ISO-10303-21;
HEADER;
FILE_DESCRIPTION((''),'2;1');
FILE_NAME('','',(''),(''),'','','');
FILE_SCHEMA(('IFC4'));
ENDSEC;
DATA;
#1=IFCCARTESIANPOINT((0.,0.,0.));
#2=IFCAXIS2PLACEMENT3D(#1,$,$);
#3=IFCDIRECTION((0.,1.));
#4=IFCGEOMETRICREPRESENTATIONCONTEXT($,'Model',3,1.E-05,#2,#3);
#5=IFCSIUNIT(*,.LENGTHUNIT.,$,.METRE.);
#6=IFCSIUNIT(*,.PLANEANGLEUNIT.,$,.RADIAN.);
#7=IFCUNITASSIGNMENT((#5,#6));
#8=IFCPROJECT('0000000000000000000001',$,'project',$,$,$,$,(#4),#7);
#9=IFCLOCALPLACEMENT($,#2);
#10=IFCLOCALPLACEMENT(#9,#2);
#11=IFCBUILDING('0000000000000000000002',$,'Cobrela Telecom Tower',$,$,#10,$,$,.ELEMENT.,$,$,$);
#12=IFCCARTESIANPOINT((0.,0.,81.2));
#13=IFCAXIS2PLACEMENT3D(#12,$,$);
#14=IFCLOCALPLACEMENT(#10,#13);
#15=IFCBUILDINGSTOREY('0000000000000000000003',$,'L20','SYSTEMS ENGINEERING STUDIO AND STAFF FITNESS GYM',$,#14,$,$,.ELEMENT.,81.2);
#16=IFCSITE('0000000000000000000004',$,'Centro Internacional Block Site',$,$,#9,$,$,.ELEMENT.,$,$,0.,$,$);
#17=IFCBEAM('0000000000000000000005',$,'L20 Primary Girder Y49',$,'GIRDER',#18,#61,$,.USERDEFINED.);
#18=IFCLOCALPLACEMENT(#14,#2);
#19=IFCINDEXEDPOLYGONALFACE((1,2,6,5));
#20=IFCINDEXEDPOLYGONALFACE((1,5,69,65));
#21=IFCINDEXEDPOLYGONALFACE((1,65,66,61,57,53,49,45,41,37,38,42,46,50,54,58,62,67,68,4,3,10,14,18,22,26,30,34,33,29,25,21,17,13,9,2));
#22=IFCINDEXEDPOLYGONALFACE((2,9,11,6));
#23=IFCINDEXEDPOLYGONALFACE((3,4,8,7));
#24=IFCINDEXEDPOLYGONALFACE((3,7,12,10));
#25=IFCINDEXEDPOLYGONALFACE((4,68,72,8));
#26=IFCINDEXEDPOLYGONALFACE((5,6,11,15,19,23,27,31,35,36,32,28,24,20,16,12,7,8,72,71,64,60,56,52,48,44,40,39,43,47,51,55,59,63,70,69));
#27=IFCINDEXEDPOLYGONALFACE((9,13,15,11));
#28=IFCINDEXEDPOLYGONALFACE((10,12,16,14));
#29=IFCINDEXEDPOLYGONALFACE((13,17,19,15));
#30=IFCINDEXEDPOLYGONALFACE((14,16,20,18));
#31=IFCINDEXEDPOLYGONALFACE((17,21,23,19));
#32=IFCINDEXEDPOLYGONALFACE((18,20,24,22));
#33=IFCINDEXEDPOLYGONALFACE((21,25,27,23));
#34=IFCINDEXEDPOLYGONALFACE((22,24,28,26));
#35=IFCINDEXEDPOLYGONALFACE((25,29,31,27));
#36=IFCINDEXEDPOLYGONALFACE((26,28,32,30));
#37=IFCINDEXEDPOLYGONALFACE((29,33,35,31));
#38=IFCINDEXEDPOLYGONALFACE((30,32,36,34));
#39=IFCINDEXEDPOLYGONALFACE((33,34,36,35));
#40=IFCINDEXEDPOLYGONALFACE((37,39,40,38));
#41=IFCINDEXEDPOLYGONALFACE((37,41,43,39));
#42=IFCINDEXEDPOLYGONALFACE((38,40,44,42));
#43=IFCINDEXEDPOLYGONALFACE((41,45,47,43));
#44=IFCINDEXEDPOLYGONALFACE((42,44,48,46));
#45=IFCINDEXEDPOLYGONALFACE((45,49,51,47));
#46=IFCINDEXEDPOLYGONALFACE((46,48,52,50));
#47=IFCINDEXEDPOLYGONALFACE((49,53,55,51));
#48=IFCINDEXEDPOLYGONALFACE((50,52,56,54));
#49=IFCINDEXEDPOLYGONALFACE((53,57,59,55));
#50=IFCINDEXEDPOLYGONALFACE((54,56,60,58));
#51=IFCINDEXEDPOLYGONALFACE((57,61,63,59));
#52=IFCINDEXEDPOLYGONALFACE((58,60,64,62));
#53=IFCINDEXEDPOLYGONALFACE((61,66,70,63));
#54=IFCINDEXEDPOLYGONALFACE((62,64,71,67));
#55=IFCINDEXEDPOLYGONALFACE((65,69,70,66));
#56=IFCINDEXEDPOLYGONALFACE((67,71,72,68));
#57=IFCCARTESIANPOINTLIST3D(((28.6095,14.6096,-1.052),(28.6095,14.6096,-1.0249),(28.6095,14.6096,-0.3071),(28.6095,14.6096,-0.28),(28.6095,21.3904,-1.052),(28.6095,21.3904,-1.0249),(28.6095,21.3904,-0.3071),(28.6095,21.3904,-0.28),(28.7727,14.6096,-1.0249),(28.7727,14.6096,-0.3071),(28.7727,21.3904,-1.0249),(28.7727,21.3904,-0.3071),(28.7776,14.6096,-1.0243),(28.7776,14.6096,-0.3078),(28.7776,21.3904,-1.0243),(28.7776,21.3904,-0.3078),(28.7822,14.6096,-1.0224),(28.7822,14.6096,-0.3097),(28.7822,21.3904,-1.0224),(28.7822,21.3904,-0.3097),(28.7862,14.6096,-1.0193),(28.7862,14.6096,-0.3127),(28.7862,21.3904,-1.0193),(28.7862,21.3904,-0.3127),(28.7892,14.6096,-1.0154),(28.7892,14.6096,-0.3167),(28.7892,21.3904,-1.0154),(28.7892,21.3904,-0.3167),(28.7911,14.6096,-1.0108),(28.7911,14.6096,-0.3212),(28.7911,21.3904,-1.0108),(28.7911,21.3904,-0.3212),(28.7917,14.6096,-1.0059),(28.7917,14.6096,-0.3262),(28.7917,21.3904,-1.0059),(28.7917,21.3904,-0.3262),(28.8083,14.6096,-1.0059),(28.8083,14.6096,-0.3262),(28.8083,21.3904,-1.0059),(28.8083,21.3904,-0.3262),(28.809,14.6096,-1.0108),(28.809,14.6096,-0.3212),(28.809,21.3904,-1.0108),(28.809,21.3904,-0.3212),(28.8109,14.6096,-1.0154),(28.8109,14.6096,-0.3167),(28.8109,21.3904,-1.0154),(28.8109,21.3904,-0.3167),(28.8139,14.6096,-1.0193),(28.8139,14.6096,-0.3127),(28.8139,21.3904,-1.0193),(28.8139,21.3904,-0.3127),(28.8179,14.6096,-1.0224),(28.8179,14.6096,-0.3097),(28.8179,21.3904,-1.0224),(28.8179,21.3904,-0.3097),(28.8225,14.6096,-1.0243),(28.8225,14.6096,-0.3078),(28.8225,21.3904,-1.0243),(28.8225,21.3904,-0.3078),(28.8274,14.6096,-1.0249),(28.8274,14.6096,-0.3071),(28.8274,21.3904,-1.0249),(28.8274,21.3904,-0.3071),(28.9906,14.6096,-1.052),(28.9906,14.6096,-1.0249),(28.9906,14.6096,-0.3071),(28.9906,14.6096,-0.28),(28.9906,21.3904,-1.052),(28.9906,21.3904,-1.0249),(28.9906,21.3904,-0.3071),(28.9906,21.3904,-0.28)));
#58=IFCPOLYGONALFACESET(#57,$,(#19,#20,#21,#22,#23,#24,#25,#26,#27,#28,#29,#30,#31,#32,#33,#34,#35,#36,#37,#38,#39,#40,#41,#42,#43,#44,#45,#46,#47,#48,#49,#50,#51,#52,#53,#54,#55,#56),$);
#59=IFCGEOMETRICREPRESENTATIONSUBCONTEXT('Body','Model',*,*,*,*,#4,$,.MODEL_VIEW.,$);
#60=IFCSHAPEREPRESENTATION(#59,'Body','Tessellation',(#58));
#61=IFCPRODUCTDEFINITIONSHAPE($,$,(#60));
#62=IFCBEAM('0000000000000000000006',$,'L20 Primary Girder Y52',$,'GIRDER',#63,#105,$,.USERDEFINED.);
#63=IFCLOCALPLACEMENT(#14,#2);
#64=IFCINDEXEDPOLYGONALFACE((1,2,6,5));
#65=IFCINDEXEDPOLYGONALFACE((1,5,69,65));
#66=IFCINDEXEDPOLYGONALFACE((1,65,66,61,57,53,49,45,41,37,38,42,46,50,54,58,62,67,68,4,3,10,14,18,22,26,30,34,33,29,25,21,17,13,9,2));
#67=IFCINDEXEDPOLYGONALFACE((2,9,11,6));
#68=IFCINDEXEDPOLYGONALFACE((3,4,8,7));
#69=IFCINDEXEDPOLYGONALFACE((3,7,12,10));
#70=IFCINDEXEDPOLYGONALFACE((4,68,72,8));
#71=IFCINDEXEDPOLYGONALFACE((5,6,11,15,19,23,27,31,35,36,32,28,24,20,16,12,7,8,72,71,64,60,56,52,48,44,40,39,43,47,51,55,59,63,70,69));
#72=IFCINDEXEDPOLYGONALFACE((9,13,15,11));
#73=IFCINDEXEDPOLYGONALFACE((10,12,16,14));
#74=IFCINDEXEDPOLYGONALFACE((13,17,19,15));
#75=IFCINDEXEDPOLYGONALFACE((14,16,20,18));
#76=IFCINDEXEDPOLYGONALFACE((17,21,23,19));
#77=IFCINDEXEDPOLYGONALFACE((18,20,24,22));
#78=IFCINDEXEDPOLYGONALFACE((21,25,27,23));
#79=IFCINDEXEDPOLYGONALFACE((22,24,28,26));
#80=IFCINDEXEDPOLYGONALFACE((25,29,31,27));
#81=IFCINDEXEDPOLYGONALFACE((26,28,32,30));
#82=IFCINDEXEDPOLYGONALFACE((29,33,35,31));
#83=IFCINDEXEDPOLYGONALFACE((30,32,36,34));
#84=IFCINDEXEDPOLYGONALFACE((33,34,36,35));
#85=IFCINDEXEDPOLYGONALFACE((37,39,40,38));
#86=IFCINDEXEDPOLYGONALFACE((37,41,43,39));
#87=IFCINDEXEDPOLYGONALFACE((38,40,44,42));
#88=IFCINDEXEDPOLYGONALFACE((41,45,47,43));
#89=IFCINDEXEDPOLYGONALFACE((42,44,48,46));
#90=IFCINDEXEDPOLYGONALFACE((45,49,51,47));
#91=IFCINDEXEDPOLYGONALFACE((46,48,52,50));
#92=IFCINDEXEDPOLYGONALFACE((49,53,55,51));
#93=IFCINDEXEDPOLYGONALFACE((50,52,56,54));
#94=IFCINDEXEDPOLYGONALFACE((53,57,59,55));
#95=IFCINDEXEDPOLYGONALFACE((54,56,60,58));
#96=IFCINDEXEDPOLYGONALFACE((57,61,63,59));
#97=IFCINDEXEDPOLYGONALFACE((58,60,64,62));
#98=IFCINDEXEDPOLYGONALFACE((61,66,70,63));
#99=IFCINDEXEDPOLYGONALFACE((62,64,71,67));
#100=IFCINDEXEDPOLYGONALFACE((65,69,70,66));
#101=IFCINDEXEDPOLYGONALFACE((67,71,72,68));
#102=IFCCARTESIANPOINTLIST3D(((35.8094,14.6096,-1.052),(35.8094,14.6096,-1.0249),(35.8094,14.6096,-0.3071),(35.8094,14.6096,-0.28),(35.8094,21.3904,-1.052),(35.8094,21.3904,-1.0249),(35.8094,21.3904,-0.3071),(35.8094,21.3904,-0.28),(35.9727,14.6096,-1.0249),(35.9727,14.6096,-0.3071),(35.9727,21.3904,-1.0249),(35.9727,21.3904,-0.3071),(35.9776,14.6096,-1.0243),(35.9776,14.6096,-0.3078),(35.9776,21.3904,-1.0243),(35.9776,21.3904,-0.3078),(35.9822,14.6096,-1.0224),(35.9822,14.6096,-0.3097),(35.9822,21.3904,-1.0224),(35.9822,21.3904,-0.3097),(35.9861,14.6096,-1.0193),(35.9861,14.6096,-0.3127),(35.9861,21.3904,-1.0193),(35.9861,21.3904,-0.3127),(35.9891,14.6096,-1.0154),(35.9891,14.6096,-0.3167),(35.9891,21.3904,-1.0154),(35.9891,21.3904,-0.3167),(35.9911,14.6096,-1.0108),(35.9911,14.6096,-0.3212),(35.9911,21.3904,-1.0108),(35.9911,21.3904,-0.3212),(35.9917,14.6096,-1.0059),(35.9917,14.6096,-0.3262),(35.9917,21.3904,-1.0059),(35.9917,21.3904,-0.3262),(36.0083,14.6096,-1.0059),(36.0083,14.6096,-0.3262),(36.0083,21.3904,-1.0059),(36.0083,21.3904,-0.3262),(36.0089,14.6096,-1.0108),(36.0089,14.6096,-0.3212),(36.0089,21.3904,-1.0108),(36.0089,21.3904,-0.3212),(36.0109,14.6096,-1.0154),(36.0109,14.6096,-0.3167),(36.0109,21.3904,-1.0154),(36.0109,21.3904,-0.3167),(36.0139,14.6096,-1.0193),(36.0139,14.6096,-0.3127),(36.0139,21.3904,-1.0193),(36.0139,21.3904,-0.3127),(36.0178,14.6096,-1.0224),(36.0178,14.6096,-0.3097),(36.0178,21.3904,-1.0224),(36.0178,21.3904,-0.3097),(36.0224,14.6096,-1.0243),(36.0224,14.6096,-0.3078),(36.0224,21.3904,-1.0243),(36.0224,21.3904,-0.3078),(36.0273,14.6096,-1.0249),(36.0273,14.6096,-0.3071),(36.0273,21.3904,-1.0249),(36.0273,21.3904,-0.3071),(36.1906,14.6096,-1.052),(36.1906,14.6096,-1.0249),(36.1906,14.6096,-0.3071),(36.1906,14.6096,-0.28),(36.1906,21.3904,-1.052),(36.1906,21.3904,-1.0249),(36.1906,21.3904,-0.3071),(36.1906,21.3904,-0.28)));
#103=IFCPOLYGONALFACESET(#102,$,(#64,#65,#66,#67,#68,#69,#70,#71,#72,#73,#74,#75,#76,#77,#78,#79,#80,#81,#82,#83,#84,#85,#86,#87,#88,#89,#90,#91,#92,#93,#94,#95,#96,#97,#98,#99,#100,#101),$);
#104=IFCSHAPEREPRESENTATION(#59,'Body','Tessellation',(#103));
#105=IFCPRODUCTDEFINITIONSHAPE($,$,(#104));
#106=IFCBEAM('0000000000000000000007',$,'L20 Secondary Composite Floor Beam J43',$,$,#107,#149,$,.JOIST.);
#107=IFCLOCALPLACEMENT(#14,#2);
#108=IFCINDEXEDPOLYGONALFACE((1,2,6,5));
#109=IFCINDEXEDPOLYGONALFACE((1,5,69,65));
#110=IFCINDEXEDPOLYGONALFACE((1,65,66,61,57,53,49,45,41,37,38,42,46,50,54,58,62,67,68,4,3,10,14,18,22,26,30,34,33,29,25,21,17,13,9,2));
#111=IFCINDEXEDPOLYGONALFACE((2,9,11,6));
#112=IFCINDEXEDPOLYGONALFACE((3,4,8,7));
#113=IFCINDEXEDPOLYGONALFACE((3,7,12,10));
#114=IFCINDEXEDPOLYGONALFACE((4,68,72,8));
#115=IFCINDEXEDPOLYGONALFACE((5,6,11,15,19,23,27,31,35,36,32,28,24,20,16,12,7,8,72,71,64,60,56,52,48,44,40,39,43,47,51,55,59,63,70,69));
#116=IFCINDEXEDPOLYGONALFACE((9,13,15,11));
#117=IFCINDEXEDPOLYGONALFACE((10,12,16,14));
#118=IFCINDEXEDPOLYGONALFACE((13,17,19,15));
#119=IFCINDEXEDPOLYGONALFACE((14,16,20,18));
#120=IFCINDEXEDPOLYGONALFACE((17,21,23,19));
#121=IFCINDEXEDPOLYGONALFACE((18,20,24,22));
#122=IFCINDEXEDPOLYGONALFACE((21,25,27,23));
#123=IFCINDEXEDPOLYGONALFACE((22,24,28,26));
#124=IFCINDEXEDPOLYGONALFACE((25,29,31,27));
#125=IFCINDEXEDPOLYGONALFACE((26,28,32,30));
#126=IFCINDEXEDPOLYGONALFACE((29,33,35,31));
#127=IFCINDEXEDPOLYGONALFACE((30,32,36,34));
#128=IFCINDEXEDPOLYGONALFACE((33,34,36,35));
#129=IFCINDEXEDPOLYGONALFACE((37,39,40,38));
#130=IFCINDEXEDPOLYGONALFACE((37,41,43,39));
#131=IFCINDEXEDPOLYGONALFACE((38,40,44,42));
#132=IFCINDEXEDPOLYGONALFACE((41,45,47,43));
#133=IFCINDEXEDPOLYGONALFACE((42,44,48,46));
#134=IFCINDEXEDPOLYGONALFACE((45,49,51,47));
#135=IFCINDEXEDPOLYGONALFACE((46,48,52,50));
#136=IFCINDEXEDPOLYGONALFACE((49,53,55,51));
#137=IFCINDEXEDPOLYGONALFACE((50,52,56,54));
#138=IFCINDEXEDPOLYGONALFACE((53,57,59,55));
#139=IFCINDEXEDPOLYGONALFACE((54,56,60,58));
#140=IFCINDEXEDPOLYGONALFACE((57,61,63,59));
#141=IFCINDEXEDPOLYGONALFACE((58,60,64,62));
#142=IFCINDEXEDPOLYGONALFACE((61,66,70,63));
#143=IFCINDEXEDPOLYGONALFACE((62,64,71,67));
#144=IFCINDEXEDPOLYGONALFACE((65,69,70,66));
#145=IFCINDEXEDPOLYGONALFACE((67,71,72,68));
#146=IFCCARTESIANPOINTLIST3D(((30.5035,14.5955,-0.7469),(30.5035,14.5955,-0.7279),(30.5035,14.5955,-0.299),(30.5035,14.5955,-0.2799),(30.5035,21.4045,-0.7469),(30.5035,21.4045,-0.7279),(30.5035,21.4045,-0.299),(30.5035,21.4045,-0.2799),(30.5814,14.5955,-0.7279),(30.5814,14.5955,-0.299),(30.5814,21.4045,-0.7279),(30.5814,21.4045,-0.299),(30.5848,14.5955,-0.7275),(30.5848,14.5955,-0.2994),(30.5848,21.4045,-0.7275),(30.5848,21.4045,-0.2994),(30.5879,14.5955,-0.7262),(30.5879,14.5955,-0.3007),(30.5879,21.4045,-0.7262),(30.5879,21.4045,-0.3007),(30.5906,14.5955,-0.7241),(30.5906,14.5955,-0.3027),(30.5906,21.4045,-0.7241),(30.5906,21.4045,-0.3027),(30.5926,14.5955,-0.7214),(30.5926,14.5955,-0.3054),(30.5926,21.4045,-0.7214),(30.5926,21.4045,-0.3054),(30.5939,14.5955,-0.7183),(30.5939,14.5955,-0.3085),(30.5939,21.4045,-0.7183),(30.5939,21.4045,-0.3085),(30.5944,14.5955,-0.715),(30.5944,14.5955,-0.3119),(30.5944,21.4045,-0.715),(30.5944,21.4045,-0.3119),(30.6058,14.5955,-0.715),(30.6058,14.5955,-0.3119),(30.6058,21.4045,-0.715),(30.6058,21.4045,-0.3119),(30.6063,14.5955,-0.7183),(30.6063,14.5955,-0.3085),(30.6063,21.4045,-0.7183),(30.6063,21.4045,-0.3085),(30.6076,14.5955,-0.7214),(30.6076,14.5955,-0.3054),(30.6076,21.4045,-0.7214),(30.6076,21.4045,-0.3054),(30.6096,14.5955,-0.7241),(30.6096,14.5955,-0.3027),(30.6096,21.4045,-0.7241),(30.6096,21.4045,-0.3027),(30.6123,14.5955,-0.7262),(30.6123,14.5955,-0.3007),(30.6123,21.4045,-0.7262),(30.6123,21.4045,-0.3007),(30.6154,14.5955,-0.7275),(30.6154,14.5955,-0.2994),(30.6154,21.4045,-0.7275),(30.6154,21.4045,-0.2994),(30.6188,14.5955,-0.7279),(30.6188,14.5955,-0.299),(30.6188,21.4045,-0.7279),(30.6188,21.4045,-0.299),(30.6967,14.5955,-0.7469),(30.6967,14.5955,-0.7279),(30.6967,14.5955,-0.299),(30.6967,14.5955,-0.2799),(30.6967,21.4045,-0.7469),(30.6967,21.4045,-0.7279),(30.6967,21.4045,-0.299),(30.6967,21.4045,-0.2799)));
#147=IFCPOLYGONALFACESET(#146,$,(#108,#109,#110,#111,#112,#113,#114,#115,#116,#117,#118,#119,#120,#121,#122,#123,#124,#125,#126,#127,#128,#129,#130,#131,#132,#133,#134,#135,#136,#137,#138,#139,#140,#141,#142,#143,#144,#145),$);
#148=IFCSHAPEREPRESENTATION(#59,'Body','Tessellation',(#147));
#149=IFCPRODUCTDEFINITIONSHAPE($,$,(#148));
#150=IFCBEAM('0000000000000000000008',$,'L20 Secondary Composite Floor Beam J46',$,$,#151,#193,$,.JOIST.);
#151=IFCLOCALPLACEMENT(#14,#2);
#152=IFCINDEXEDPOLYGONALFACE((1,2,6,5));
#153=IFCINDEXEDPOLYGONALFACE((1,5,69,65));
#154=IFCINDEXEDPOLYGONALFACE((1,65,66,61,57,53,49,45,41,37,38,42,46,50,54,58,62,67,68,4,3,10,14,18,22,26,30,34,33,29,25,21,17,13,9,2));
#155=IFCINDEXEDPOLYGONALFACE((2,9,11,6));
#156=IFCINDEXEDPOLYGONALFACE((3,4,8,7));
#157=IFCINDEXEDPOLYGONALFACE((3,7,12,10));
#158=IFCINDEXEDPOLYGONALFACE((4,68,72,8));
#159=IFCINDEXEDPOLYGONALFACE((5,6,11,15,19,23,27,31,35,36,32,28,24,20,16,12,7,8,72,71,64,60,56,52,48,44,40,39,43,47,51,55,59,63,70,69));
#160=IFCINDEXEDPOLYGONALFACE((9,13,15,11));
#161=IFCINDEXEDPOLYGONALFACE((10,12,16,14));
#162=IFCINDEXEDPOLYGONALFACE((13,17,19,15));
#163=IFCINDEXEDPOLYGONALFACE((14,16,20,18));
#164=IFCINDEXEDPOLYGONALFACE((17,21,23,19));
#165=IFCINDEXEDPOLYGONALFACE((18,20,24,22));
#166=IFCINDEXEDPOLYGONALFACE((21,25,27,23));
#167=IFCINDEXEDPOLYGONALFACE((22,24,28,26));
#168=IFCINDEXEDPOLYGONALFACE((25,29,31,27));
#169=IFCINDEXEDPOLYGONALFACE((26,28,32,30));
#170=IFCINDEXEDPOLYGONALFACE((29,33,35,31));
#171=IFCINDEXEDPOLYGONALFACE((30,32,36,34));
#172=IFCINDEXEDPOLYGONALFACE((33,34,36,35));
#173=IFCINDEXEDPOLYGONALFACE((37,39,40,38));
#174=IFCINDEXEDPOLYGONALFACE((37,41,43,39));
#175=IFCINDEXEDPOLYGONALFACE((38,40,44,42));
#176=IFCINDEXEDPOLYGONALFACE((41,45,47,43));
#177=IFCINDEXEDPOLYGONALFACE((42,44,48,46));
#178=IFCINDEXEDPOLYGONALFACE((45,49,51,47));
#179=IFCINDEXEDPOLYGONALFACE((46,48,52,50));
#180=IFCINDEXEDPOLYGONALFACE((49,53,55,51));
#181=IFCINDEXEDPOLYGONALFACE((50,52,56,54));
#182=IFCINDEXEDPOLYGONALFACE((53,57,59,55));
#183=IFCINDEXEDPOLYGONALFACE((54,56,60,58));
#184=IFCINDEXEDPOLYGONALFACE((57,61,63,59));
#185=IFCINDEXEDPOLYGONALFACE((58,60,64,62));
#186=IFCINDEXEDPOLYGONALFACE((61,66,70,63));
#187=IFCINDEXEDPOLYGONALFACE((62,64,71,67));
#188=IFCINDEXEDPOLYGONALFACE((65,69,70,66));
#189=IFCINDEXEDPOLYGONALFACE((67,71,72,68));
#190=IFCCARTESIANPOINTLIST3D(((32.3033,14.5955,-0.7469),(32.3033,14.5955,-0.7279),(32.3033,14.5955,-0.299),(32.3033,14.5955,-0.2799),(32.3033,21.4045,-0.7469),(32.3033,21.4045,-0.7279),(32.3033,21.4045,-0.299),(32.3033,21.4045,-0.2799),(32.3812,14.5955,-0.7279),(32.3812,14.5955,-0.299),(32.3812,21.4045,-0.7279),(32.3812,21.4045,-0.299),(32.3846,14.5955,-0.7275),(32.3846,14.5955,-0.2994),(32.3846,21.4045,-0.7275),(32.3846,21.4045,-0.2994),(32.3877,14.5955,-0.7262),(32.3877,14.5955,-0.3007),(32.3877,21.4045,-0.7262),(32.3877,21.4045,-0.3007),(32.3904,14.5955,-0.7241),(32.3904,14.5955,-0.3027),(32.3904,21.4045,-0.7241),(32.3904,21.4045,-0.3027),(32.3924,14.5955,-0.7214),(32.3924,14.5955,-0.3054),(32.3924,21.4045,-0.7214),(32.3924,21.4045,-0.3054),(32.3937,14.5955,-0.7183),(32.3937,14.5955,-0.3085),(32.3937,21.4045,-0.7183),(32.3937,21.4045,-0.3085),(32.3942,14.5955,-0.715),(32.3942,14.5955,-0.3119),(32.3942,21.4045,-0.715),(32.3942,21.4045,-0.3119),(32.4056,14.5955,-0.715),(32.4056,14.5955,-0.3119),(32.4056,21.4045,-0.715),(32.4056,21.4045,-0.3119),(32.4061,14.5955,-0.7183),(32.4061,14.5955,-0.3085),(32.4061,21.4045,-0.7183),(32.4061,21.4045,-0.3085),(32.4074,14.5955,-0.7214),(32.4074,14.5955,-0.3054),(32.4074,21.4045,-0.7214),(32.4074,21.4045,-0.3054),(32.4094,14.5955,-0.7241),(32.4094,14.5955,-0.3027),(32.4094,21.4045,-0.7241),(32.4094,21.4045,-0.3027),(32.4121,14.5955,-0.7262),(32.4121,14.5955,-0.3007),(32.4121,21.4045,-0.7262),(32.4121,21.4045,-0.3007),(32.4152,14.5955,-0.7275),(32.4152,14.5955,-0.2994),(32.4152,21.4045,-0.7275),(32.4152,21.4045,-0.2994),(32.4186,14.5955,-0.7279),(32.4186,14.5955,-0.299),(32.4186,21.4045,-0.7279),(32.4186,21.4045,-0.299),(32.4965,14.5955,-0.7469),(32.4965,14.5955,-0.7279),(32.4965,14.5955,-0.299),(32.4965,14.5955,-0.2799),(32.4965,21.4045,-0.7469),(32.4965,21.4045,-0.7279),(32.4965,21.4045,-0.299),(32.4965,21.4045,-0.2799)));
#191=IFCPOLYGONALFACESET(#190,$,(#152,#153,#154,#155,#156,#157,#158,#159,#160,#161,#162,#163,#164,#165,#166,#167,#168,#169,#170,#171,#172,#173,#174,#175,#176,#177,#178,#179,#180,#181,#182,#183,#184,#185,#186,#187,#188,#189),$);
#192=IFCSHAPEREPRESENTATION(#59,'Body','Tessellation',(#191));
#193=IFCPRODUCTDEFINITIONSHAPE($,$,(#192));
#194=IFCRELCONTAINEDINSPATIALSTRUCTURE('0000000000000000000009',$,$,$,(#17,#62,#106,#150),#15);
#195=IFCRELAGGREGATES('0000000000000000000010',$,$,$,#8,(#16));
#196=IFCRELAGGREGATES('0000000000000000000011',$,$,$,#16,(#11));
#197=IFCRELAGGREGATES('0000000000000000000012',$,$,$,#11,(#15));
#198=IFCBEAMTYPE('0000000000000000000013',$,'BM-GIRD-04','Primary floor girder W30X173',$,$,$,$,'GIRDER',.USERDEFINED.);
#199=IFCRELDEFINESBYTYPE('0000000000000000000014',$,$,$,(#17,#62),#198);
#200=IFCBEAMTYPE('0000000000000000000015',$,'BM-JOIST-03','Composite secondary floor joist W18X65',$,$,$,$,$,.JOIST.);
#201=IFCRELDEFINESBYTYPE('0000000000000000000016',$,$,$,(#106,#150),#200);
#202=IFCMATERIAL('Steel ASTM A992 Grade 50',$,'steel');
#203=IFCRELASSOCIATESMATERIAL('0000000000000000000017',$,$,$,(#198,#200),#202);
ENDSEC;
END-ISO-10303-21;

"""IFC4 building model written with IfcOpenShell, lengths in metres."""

from ifc_helpers import new_model, si_unit, direction, frame, origin, origin_2d, place, context, subcontext, project, spatial, i_section, extrude, material, material_profile, profile_set, type_object, element, save


model = new_model("IFC4")

# Units and contexts
model_context = context("Model", 3, precision=1e-05, world=origin(), true_north=direction((0.0, 1.0)))
body_context = subcontext(model_context, "Body", "Model", "MODEL_VIEW")
ifc_project = project(units=[si_unit("LENGTHUNIT", "METRE"), si_unit("PLANEANGLEUNIT", "RADIAN")], contexts=[model_context])

# Site, building, storey
site_placement = place(None, origin())
site = spatial("IfcSite", under=ifc_project, at=site_placement, Name="Centro Internacional Block Site", CompositionType="ELEMENT", RefElevation=0.0)
building_placement = place(site_placement, origin())
building = spatial("IfcBuilding", under=site, at=building_placement, Name="Cobrela Telecom Tower", CompositionType="ELEMENT")
storey_placement = place(building_placement, frame((0.0, 0.0, 81.2)))
storey = spatial("IfcBuildingStorey", under=building, at=storey_placement, Name="L20", Description="SYSTEMS ENGINEERING STUDIO AND STAFF FITNESS GYM", CompositionType="ELEMENT", Elevation=81.2)

# Shared definitions
ifc_material_1 = material(Name="Steel ASTM A992 Grade 50", Category="steel")

# Beams
ifc_material_profile_1 = material_profile(ifc_material_1, i_section(OverallWidth=0.3811, OverallDepth=0.772, WebThickness=0.0166, FlangeThickness=0.0271, FilletRadius=0.019, at=origin_2d()), Name="W30X173")
ifc_profile_set_1 = profile_set([ifc_material_profile_1], Name="Steel ASTM A992 Grade 50")
beam_type_1 = type_object("IfcBeamType", Name="BM-GIRD-04", Description="Primary floor girder W30X173", ElementType="GIRDER", PredefinedType="USERDEFINED", material=ifc_profile_set_1)
for number, where, z_axis, x_axis, name in (
    (1, (28.8, 14.6096, -0.666), (0.0, 1.0, 0.0), (-1.0, 0.0, 0.0), "L20 Primary Girder Y49"),
    (2, (36.0, 14.6096, -0.666), (0.0, 1.0, 0.0), (-1.0, 0.0, 0.0), "L20 Primary Girder Y52"),
):
    element("IfcBeam", number, at=place(storey_placement, frame(where, z_axis=z_axis, x_axis=x_axis)), inside=storey, type_object=beam_type_1, Name=name, ObjectType="GIRDER", PredefinedType="USERDEFINED", context=body_context, shape_type="SweptSolid", body=[
        extrude(i_section(OverallWidth=0.3811, OverallDepth=0.772, WebThickness=0.0166, FlangeThickness=0.0271, FilletRadius=0.019, at=origin_2d()), origin(), (0.0, 0.0, 1.0), 6.7808),
    ])
ifc_material_profile_2 = material_profile(ifc_material_1, i_section(OverallWidth=0.1931, OverallDepth=0.467, WebThickness=0.0115, FlangeThickness=0.019, FilletRadius=0.0129, at=origin_2d()), Name="W18X65")
ifc_profile_set_2 = profile_set([ifc_material_profile_2], Name="Steel ASTM A992 Grade 50")
beam_type_2 = type_object("IfcBeamType", Name="BM-JOIST-03", Description="Composite secondary floor joist W18X65", PredefinedType="JOIST", material=ifc_profile_set_2)
for number, where, z_axis, x_axis, name in (
    (3, (30.6001, 14.5955, -0.5134), (0.0, 1.0, 0.0), (-1.0, 0.0, 0.0), "L20 Secondary Composite Floor Beam J43"),
    (4, (32.3999, 14.5955, -0.5134), (0.0, 1.0, 0.0), (-1.0, 0.0, 0.0), "L20 Secondary Composite Floor Beam J46"),
):
    element("IfcBeam", number, at=place(storey_placement, frame(where, z_axis=z_axis, x_axis=x_axis)), inside=storey, type_object=beam_type_2, Name=name, PredefinedType="JOIST", context=body_context, shape_type="SweptSolid", body=[
        extrude(i_section(OverallWidth=0.1931, OverallDepth=0.467, WebThickness=0.0115, FlangeThickness=0.019, FilletRadius=0.0129, at=origin_2d()), origin(), (0.0, 0.0, 1.0), 6.8091),
    ])

save(model, "model.ifc")
